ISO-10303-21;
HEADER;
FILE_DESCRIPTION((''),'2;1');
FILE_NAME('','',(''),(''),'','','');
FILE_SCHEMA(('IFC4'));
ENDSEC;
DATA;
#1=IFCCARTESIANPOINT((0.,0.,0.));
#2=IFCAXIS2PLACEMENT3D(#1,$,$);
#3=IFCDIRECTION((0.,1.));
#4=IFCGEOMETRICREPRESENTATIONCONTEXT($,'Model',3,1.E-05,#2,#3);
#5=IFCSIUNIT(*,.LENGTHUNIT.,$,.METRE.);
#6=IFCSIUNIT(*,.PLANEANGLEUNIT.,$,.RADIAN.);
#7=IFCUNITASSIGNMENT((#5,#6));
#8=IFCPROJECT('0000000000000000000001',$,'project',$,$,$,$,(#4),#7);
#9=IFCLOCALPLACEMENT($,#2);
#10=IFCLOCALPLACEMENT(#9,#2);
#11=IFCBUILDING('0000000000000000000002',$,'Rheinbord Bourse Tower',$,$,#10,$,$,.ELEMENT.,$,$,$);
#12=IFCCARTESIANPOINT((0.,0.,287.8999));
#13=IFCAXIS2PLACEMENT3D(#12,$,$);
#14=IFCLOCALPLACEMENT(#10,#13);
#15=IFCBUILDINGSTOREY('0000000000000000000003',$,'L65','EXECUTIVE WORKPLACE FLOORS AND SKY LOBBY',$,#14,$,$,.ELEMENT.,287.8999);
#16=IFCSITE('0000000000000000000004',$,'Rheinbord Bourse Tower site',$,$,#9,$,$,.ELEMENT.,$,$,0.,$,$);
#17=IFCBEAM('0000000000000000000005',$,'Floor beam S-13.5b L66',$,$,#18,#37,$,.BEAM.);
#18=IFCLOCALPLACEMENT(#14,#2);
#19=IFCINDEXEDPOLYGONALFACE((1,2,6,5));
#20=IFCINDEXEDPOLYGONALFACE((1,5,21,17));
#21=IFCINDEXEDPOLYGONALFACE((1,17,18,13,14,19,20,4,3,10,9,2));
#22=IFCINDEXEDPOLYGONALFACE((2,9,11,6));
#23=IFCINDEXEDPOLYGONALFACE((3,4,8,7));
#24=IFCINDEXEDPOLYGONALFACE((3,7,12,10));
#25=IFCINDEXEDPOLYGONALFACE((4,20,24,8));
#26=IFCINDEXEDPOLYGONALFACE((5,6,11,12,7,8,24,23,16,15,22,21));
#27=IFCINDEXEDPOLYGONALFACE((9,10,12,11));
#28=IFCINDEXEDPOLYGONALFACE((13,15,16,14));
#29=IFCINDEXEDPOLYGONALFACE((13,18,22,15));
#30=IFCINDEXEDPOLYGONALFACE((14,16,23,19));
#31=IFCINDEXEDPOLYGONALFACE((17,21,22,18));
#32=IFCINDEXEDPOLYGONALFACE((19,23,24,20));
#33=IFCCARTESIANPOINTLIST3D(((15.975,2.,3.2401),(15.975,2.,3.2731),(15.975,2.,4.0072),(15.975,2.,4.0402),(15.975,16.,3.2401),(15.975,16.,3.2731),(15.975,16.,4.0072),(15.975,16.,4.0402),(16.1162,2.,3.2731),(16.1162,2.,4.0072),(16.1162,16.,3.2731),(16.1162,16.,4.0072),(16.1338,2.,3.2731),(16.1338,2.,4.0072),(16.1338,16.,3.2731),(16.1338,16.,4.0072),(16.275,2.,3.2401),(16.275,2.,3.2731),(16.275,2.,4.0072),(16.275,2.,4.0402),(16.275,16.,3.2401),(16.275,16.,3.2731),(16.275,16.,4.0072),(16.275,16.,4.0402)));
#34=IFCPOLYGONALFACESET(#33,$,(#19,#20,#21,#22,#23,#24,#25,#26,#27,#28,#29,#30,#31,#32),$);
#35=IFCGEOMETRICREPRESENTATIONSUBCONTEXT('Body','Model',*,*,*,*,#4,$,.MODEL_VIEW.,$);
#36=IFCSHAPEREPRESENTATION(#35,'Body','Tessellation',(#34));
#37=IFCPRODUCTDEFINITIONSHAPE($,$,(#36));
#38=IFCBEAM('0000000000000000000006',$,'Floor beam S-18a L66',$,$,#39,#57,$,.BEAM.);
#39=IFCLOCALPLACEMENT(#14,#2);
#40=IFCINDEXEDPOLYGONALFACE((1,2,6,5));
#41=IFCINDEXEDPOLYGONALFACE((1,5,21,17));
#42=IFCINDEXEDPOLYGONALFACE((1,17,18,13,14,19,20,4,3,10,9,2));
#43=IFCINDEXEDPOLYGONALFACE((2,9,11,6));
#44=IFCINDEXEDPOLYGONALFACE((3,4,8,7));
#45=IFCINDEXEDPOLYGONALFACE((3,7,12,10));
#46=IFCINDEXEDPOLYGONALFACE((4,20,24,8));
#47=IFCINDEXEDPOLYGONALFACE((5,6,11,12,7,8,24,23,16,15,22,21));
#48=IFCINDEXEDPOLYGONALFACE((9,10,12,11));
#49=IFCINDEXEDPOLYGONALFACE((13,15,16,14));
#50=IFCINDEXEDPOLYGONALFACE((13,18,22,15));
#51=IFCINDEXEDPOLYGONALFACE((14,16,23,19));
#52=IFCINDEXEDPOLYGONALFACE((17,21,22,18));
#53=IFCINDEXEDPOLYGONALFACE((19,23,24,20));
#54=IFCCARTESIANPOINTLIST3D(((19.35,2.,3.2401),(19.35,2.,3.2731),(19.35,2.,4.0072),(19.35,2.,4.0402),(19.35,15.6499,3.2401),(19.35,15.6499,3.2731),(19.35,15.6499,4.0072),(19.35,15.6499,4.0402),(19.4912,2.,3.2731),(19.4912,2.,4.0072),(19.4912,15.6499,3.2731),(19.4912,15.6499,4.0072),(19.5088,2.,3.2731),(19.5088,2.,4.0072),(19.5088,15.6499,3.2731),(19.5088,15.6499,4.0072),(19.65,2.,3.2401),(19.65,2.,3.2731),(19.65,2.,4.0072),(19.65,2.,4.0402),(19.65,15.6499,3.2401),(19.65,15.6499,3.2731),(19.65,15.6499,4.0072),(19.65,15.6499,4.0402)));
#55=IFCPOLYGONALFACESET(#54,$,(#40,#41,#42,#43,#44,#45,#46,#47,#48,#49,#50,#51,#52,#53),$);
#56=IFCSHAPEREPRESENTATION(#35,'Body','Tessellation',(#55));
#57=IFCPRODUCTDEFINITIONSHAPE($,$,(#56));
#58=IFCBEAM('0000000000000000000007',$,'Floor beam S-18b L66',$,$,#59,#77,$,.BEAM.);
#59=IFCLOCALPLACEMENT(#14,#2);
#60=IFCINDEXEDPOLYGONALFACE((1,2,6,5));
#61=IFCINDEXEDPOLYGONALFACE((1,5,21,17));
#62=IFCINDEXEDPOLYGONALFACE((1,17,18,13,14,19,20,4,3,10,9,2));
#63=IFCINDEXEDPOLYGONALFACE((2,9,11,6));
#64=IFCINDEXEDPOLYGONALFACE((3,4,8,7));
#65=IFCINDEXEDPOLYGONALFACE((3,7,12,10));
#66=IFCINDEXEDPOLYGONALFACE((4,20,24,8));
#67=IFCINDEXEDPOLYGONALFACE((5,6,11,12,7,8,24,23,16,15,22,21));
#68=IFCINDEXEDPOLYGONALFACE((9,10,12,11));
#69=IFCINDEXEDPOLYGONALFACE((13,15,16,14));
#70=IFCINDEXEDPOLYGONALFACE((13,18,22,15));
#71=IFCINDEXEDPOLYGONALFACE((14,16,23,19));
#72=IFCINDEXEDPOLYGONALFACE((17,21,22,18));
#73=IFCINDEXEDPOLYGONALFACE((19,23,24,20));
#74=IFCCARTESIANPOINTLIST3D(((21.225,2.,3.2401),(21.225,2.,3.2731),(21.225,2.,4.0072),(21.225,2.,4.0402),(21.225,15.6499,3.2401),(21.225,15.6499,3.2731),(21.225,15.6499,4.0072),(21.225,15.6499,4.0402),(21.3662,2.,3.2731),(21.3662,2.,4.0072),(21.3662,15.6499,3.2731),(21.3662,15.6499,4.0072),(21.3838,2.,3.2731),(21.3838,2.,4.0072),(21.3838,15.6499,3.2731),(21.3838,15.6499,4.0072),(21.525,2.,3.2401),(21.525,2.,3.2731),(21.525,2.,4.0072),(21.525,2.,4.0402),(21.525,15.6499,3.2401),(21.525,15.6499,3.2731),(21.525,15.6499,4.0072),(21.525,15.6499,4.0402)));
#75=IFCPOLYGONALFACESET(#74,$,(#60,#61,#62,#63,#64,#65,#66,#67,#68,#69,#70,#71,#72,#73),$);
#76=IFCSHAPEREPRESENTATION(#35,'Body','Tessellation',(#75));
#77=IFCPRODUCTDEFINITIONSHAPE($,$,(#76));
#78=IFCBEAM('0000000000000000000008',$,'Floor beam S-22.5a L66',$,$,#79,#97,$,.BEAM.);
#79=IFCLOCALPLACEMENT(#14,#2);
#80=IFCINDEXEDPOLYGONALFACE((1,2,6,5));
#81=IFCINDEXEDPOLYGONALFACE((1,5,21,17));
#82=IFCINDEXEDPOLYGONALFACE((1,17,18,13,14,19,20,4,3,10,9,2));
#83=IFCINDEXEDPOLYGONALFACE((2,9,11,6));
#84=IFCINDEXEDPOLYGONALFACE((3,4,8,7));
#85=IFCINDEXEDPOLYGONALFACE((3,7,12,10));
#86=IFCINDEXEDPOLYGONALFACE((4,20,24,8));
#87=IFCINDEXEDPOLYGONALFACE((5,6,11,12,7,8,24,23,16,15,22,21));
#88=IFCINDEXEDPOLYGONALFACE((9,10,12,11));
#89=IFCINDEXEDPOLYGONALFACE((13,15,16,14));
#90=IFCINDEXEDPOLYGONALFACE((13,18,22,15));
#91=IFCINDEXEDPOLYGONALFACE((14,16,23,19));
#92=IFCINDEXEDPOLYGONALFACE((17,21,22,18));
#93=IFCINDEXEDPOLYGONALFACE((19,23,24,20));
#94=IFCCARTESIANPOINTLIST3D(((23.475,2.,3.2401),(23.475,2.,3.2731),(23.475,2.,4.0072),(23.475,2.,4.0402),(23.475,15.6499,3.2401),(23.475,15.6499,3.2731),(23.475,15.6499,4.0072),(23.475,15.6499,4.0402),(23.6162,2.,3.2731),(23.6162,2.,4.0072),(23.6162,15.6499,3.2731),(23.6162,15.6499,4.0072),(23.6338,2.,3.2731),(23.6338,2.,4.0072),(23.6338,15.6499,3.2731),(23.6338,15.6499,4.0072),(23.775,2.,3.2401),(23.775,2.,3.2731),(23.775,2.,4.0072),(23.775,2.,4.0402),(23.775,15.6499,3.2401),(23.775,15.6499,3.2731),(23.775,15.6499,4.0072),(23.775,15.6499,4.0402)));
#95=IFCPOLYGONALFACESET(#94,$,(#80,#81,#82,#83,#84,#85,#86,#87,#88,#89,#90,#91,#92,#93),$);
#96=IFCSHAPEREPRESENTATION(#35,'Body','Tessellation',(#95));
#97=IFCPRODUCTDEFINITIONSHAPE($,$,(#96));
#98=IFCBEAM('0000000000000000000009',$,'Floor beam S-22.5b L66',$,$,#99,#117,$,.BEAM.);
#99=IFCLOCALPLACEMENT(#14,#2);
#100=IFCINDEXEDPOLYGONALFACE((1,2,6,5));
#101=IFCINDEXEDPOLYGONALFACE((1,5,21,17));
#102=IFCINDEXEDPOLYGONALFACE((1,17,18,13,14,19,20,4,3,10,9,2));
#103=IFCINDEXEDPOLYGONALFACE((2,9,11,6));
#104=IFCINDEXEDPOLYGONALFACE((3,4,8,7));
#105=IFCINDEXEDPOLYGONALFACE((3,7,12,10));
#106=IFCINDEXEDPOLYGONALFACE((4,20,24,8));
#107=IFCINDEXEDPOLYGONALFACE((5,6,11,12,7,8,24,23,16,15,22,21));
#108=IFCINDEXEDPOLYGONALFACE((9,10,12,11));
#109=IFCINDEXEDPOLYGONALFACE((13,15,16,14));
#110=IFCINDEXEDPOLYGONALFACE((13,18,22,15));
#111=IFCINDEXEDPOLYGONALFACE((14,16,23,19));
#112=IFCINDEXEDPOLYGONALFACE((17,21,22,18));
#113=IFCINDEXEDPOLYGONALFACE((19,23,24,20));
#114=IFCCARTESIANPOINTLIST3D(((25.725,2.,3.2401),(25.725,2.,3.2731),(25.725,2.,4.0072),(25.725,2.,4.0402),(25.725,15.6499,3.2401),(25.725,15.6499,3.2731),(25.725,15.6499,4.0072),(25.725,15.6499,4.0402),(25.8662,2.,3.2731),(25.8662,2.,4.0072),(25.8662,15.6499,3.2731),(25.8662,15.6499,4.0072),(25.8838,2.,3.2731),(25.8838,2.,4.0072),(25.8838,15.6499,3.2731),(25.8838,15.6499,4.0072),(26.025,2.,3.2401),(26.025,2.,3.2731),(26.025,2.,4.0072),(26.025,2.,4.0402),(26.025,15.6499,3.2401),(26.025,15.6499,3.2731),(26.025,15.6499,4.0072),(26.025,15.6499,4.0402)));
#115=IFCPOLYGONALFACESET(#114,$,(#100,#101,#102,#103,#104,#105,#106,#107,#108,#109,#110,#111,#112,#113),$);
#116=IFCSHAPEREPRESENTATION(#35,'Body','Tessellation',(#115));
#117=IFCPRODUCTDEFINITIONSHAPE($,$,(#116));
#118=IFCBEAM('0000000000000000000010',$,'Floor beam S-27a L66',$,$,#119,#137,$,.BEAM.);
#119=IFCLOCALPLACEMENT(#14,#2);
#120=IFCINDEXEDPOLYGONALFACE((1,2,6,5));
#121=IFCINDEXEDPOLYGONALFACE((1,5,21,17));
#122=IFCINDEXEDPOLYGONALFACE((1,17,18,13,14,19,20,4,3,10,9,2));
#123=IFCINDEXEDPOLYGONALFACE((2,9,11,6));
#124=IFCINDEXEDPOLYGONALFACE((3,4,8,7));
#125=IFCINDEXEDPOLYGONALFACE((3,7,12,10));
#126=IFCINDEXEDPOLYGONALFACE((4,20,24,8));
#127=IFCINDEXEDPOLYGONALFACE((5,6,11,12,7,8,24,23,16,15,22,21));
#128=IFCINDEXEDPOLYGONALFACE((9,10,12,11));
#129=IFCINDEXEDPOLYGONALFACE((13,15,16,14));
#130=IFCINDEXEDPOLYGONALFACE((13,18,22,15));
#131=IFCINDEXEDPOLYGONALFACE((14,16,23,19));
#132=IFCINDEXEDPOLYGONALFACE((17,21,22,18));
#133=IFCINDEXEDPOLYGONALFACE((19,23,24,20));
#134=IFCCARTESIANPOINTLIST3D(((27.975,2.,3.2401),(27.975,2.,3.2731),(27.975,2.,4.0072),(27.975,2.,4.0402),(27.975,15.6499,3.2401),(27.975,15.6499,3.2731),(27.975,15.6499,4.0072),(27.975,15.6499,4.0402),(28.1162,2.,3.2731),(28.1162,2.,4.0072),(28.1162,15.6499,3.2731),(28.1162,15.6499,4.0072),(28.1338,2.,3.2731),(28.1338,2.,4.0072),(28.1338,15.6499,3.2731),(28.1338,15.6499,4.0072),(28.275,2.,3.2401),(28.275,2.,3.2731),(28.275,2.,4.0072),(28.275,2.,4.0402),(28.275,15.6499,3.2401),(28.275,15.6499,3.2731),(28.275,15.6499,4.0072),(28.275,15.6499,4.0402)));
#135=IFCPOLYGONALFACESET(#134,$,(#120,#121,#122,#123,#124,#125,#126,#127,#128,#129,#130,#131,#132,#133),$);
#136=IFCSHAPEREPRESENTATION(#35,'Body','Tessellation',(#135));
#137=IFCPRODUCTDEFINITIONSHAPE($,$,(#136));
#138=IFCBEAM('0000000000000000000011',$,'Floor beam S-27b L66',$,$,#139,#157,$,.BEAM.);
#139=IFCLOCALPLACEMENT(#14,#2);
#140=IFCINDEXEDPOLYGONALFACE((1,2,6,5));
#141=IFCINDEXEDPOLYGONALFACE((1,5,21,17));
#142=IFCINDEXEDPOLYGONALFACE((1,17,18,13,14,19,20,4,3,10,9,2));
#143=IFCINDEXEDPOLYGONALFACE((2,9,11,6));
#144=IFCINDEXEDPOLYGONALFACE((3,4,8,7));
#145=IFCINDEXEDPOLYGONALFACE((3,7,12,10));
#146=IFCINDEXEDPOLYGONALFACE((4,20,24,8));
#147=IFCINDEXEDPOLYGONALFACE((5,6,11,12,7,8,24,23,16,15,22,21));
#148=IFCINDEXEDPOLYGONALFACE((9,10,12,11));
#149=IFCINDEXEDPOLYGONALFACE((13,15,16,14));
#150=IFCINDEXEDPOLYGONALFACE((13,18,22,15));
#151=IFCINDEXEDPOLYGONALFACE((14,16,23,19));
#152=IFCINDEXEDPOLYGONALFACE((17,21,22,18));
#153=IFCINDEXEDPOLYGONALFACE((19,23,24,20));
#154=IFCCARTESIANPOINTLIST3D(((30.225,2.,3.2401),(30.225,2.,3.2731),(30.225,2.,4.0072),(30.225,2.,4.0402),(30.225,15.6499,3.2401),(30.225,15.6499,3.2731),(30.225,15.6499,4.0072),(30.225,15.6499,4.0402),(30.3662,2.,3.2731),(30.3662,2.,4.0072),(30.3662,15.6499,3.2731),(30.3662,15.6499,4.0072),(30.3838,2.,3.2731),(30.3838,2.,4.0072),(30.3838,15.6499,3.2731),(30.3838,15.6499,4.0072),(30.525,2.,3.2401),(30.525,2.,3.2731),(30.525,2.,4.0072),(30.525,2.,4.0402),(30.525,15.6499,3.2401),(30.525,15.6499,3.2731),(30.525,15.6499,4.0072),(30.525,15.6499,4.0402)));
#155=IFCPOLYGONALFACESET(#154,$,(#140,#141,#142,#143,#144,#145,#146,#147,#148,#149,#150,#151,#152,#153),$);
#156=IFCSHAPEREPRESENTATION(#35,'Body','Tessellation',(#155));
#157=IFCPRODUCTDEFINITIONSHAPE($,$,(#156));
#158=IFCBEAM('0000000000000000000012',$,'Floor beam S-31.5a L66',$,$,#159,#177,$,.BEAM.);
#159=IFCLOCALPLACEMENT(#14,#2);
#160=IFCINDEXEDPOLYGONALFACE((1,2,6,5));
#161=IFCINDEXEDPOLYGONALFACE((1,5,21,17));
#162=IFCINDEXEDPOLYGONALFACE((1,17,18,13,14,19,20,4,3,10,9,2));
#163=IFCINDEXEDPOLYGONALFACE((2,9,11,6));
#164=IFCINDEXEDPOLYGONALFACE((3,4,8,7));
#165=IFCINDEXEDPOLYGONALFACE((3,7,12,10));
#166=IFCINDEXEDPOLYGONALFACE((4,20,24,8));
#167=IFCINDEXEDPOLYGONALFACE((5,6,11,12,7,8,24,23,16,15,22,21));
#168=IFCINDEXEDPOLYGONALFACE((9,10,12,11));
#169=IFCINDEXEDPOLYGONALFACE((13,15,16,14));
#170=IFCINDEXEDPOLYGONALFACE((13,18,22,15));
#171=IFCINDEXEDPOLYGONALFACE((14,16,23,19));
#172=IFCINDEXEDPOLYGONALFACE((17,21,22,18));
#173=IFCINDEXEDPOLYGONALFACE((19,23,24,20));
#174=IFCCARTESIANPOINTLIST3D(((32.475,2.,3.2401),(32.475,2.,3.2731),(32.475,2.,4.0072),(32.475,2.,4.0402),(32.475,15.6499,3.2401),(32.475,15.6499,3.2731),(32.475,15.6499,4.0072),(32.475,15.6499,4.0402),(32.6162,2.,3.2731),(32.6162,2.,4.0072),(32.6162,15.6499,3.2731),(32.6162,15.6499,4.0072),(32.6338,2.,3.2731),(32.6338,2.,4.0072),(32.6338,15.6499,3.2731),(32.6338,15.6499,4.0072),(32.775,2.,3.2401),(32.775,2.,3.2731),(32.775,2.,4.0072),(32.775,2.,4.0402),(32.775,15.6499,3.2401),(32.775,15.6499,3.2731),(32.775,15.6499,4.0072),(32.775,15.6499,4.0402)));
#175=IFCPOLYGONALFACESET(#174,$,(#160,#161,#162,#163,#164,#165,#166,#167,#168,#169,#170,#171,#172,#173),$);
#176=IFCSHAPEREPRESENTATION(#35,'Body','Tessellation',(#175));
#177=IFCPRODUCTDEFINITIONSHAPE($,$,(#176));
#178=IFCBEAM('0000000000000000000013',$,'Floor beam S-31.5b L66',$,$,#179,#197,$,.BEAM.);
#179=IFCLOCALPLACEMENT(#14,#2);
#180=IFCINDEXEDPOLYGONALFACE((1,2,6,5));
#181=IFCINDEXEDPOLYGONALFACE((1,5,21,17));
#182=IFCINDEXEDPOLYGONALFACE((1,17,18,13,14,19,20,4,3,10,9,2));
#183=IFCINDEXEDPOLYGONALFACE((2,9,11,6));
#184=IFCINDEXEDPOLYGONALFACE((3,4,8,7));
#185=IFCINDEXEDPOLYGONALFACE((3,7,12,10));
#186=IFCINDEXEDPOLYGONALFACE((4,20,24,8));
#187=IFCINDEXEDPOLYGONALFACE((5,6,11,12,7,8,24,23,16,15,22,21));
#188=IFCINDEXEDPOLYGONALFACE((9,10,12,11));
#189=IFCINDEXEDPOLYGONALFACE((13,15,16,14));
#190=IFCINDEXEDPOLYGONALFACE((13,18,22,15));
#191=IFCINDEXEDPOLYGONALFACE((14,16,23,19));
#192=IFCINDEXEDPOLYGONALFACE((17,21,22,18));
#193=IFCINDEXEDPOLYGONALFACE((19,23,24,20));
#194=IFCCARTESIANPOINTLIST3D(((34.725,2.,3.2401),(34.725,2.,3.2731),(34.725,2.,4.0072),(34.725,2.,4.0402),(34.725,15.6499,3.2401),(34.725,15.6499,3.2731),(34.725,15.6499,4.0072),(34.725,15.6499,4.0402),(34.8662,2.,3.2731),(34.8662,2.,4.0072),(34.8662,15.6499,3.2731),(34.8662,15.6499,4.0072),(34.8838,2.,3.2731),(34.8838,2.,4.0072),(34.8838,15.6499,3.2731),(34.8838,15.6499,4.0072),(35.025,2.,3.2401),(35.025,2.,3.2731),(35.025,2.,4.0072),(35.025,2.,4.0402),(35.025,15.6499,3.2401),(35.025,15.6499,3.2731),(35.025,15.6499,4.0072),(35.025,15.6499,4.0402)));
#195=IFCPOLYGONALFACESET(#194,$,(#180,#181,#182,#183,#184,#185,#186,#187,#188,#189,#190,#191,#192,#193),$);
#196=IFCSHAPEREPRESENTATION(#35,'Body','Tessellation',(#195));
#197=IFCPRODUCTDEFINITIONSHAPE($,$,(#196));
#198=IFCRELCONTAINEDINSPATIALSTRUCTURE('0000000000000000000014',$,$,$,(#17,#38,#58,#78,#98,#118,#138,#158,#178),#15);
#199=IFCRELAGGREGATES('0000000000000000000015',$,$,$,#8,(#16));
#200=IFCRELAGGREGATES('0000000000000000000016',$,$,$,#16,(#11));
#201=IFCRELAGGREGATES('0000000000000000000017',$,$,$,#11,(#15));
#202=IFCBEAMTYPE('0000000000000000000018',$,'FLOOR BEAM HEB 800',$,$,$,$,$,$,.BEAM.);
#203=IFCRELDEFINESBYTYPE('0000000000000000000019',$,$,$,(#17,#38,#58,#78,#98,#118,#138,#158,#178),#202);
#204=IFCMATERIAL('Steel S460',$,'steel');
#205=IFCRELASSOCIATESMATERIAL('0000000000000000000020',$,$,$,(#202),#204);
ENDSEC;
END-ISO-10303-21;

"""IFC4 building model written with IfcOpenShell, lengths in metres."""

from ifc_helpers import new_model, si_unit, direction, frame, origin, origin_2d, place, context, subcontext, project, spatial, i_section, extrude, material, material_profile, profile_set, type_object, element, save


model = new_model("IFC4")

# Units and contexts
model_context = context("Model", 3, precision=1e-05, world=origin(), true_north=direction((0.0, 1.0)))
body_context = subcontext(model_context, "Body", "Model", "MODEL_VIEW")
ifc_project = project(units=[si_unit("LENGTHUNIT", "METRE"), si_unit("PLANEANGLEUNIT", "RADIAN")], contexts=[model_context])

# Site, building, storey
site_placement = place(None, origin())
site = spatial("IfcSite", under=ifc_project, at=site_placement, Name="Rheinbord Bourse Tower site", CompositionType="ELEMENT", RefElevation=0.0)
building_placement = place(site_placement, origin())
building = spatial("IfcBuilding", under=site, at=building_placement, Name="Rheinbord Bourse Tower", CompositionType="ELEMENT")
storey_placement = place(building_placement, frame((0.0, 0.0, 287.8999)))
storey = spatial("IfcBuildingStorey", under=building, at=storey_placement, Name="L65", Description="EXECUTIVE WORKPLACE FLOORS AND SKY LOBBY", CompositionType="ELEMENT", Elevation=287.8999)

# Beams
ifc_material_1 = material(Name="Steel S460", Category="steel")
ifc_material_profile_1 = material_profile(ifc_material_1, i_section(OverallWidth=0.3, OverallDepth=0.8, WebThickness=0.0176, FlangeThickness=0.033, at=origin_2d()), Name="HEB 800")
ifc_profile_set_1 = profile_set([ifc_material_profile_1], Name="Steel S460")
beam_type_1 = type_object("IfcBeamType", Name="FLOOR BEAM HEB 800", PredefinedType="BEAM", material=ifc_profile_set_1)
beam_placement = place(storey_placement, frame((16.125, 2.0, 3.6401), z_axis=(0.0, 1.0, 0.0), x_axis=(-1.0, 0.0, 0.0)))
element("IfcBeam", 1, at=beam_placement, inside=storey, type_object=beam_type_1, Name="Floor beam S-13.5b L66", PredefinedType="BEAM", context=body_context, shape_type="SweptSolid", body=[
    extrude(i_section(OverallWidth=0.3, OverallDepth=0.8, WebThickness=0.0176, FlangeThickness=0.033, at=origin_2d()), origin(), (0.0, 0.0, 1.0), 14.0),
])
for number, where, z_axis, x_axis, name in (
    (2, (19.5, 2.0, 3.6401), (0.0, 1.0, 0.0), (-1.0, 0.0, 0.0), "Floor beam S-18a L66"),
    (3, (21.375, 2.0, 3.6401), (0.0, 1.0, 0.0), (-1.0, 0.0, 0.0), "Floor beam S-18b L66"),
    (4, (23.625, 2.0, 3.6401), (0.0, 1.0, 0.0), (-1.0, 0.0, 0.0), "Floor beam S-22.5a L66"),
    (5, (25.875, 2.0, 3.6401), (0.0, 1.0, 0.0), (-1.0, 0.0, 0.0), "Floor beam S-22.5b L66"),
    (6, (28.125, 2.0, 3.6401), (0.0, 1.0, 0.0), (-1.0, 0.0, 0.0), "Floor beam S-27a L66"),
    (7, (30.375, 2.0, 3.6401), (0.0, 1.0, 0.0), (-1.0, 0.0, 0.0), "Floor beam S-27b L66"),
    (8, (32.625, 2.0, 3.6401), (0.0, 1.0, 0.0), (-1.0, 0.0, 0.0), "Floor beam S-31.5a L66"),
    (9, (34.875, 2.0, 3.6401), (0.0, 1.0, 0.0), (-1.0, 0.0, 0.0), "Floor beam S-31.5b L66"),
):
    element("IfcBeam", number, at=place(storey_placement, frame(where, z_axis=z_axis, x_axis=x_axis)), inside=storey, type_object=beam_type_1, Name=name, PredefinedType="BEAM", context=body_context, shape_type="SweptSolid", body=[
        extrude(i_section(OverallWidth=0.3, OverallDepth=0.8, WebThickness=0.0176, FlangeThickness=0.033, at=origin_2d()), origin(), (0.0, 0.0, 1.0), 13.6499),
    ])

save(model, "model.ifc")
